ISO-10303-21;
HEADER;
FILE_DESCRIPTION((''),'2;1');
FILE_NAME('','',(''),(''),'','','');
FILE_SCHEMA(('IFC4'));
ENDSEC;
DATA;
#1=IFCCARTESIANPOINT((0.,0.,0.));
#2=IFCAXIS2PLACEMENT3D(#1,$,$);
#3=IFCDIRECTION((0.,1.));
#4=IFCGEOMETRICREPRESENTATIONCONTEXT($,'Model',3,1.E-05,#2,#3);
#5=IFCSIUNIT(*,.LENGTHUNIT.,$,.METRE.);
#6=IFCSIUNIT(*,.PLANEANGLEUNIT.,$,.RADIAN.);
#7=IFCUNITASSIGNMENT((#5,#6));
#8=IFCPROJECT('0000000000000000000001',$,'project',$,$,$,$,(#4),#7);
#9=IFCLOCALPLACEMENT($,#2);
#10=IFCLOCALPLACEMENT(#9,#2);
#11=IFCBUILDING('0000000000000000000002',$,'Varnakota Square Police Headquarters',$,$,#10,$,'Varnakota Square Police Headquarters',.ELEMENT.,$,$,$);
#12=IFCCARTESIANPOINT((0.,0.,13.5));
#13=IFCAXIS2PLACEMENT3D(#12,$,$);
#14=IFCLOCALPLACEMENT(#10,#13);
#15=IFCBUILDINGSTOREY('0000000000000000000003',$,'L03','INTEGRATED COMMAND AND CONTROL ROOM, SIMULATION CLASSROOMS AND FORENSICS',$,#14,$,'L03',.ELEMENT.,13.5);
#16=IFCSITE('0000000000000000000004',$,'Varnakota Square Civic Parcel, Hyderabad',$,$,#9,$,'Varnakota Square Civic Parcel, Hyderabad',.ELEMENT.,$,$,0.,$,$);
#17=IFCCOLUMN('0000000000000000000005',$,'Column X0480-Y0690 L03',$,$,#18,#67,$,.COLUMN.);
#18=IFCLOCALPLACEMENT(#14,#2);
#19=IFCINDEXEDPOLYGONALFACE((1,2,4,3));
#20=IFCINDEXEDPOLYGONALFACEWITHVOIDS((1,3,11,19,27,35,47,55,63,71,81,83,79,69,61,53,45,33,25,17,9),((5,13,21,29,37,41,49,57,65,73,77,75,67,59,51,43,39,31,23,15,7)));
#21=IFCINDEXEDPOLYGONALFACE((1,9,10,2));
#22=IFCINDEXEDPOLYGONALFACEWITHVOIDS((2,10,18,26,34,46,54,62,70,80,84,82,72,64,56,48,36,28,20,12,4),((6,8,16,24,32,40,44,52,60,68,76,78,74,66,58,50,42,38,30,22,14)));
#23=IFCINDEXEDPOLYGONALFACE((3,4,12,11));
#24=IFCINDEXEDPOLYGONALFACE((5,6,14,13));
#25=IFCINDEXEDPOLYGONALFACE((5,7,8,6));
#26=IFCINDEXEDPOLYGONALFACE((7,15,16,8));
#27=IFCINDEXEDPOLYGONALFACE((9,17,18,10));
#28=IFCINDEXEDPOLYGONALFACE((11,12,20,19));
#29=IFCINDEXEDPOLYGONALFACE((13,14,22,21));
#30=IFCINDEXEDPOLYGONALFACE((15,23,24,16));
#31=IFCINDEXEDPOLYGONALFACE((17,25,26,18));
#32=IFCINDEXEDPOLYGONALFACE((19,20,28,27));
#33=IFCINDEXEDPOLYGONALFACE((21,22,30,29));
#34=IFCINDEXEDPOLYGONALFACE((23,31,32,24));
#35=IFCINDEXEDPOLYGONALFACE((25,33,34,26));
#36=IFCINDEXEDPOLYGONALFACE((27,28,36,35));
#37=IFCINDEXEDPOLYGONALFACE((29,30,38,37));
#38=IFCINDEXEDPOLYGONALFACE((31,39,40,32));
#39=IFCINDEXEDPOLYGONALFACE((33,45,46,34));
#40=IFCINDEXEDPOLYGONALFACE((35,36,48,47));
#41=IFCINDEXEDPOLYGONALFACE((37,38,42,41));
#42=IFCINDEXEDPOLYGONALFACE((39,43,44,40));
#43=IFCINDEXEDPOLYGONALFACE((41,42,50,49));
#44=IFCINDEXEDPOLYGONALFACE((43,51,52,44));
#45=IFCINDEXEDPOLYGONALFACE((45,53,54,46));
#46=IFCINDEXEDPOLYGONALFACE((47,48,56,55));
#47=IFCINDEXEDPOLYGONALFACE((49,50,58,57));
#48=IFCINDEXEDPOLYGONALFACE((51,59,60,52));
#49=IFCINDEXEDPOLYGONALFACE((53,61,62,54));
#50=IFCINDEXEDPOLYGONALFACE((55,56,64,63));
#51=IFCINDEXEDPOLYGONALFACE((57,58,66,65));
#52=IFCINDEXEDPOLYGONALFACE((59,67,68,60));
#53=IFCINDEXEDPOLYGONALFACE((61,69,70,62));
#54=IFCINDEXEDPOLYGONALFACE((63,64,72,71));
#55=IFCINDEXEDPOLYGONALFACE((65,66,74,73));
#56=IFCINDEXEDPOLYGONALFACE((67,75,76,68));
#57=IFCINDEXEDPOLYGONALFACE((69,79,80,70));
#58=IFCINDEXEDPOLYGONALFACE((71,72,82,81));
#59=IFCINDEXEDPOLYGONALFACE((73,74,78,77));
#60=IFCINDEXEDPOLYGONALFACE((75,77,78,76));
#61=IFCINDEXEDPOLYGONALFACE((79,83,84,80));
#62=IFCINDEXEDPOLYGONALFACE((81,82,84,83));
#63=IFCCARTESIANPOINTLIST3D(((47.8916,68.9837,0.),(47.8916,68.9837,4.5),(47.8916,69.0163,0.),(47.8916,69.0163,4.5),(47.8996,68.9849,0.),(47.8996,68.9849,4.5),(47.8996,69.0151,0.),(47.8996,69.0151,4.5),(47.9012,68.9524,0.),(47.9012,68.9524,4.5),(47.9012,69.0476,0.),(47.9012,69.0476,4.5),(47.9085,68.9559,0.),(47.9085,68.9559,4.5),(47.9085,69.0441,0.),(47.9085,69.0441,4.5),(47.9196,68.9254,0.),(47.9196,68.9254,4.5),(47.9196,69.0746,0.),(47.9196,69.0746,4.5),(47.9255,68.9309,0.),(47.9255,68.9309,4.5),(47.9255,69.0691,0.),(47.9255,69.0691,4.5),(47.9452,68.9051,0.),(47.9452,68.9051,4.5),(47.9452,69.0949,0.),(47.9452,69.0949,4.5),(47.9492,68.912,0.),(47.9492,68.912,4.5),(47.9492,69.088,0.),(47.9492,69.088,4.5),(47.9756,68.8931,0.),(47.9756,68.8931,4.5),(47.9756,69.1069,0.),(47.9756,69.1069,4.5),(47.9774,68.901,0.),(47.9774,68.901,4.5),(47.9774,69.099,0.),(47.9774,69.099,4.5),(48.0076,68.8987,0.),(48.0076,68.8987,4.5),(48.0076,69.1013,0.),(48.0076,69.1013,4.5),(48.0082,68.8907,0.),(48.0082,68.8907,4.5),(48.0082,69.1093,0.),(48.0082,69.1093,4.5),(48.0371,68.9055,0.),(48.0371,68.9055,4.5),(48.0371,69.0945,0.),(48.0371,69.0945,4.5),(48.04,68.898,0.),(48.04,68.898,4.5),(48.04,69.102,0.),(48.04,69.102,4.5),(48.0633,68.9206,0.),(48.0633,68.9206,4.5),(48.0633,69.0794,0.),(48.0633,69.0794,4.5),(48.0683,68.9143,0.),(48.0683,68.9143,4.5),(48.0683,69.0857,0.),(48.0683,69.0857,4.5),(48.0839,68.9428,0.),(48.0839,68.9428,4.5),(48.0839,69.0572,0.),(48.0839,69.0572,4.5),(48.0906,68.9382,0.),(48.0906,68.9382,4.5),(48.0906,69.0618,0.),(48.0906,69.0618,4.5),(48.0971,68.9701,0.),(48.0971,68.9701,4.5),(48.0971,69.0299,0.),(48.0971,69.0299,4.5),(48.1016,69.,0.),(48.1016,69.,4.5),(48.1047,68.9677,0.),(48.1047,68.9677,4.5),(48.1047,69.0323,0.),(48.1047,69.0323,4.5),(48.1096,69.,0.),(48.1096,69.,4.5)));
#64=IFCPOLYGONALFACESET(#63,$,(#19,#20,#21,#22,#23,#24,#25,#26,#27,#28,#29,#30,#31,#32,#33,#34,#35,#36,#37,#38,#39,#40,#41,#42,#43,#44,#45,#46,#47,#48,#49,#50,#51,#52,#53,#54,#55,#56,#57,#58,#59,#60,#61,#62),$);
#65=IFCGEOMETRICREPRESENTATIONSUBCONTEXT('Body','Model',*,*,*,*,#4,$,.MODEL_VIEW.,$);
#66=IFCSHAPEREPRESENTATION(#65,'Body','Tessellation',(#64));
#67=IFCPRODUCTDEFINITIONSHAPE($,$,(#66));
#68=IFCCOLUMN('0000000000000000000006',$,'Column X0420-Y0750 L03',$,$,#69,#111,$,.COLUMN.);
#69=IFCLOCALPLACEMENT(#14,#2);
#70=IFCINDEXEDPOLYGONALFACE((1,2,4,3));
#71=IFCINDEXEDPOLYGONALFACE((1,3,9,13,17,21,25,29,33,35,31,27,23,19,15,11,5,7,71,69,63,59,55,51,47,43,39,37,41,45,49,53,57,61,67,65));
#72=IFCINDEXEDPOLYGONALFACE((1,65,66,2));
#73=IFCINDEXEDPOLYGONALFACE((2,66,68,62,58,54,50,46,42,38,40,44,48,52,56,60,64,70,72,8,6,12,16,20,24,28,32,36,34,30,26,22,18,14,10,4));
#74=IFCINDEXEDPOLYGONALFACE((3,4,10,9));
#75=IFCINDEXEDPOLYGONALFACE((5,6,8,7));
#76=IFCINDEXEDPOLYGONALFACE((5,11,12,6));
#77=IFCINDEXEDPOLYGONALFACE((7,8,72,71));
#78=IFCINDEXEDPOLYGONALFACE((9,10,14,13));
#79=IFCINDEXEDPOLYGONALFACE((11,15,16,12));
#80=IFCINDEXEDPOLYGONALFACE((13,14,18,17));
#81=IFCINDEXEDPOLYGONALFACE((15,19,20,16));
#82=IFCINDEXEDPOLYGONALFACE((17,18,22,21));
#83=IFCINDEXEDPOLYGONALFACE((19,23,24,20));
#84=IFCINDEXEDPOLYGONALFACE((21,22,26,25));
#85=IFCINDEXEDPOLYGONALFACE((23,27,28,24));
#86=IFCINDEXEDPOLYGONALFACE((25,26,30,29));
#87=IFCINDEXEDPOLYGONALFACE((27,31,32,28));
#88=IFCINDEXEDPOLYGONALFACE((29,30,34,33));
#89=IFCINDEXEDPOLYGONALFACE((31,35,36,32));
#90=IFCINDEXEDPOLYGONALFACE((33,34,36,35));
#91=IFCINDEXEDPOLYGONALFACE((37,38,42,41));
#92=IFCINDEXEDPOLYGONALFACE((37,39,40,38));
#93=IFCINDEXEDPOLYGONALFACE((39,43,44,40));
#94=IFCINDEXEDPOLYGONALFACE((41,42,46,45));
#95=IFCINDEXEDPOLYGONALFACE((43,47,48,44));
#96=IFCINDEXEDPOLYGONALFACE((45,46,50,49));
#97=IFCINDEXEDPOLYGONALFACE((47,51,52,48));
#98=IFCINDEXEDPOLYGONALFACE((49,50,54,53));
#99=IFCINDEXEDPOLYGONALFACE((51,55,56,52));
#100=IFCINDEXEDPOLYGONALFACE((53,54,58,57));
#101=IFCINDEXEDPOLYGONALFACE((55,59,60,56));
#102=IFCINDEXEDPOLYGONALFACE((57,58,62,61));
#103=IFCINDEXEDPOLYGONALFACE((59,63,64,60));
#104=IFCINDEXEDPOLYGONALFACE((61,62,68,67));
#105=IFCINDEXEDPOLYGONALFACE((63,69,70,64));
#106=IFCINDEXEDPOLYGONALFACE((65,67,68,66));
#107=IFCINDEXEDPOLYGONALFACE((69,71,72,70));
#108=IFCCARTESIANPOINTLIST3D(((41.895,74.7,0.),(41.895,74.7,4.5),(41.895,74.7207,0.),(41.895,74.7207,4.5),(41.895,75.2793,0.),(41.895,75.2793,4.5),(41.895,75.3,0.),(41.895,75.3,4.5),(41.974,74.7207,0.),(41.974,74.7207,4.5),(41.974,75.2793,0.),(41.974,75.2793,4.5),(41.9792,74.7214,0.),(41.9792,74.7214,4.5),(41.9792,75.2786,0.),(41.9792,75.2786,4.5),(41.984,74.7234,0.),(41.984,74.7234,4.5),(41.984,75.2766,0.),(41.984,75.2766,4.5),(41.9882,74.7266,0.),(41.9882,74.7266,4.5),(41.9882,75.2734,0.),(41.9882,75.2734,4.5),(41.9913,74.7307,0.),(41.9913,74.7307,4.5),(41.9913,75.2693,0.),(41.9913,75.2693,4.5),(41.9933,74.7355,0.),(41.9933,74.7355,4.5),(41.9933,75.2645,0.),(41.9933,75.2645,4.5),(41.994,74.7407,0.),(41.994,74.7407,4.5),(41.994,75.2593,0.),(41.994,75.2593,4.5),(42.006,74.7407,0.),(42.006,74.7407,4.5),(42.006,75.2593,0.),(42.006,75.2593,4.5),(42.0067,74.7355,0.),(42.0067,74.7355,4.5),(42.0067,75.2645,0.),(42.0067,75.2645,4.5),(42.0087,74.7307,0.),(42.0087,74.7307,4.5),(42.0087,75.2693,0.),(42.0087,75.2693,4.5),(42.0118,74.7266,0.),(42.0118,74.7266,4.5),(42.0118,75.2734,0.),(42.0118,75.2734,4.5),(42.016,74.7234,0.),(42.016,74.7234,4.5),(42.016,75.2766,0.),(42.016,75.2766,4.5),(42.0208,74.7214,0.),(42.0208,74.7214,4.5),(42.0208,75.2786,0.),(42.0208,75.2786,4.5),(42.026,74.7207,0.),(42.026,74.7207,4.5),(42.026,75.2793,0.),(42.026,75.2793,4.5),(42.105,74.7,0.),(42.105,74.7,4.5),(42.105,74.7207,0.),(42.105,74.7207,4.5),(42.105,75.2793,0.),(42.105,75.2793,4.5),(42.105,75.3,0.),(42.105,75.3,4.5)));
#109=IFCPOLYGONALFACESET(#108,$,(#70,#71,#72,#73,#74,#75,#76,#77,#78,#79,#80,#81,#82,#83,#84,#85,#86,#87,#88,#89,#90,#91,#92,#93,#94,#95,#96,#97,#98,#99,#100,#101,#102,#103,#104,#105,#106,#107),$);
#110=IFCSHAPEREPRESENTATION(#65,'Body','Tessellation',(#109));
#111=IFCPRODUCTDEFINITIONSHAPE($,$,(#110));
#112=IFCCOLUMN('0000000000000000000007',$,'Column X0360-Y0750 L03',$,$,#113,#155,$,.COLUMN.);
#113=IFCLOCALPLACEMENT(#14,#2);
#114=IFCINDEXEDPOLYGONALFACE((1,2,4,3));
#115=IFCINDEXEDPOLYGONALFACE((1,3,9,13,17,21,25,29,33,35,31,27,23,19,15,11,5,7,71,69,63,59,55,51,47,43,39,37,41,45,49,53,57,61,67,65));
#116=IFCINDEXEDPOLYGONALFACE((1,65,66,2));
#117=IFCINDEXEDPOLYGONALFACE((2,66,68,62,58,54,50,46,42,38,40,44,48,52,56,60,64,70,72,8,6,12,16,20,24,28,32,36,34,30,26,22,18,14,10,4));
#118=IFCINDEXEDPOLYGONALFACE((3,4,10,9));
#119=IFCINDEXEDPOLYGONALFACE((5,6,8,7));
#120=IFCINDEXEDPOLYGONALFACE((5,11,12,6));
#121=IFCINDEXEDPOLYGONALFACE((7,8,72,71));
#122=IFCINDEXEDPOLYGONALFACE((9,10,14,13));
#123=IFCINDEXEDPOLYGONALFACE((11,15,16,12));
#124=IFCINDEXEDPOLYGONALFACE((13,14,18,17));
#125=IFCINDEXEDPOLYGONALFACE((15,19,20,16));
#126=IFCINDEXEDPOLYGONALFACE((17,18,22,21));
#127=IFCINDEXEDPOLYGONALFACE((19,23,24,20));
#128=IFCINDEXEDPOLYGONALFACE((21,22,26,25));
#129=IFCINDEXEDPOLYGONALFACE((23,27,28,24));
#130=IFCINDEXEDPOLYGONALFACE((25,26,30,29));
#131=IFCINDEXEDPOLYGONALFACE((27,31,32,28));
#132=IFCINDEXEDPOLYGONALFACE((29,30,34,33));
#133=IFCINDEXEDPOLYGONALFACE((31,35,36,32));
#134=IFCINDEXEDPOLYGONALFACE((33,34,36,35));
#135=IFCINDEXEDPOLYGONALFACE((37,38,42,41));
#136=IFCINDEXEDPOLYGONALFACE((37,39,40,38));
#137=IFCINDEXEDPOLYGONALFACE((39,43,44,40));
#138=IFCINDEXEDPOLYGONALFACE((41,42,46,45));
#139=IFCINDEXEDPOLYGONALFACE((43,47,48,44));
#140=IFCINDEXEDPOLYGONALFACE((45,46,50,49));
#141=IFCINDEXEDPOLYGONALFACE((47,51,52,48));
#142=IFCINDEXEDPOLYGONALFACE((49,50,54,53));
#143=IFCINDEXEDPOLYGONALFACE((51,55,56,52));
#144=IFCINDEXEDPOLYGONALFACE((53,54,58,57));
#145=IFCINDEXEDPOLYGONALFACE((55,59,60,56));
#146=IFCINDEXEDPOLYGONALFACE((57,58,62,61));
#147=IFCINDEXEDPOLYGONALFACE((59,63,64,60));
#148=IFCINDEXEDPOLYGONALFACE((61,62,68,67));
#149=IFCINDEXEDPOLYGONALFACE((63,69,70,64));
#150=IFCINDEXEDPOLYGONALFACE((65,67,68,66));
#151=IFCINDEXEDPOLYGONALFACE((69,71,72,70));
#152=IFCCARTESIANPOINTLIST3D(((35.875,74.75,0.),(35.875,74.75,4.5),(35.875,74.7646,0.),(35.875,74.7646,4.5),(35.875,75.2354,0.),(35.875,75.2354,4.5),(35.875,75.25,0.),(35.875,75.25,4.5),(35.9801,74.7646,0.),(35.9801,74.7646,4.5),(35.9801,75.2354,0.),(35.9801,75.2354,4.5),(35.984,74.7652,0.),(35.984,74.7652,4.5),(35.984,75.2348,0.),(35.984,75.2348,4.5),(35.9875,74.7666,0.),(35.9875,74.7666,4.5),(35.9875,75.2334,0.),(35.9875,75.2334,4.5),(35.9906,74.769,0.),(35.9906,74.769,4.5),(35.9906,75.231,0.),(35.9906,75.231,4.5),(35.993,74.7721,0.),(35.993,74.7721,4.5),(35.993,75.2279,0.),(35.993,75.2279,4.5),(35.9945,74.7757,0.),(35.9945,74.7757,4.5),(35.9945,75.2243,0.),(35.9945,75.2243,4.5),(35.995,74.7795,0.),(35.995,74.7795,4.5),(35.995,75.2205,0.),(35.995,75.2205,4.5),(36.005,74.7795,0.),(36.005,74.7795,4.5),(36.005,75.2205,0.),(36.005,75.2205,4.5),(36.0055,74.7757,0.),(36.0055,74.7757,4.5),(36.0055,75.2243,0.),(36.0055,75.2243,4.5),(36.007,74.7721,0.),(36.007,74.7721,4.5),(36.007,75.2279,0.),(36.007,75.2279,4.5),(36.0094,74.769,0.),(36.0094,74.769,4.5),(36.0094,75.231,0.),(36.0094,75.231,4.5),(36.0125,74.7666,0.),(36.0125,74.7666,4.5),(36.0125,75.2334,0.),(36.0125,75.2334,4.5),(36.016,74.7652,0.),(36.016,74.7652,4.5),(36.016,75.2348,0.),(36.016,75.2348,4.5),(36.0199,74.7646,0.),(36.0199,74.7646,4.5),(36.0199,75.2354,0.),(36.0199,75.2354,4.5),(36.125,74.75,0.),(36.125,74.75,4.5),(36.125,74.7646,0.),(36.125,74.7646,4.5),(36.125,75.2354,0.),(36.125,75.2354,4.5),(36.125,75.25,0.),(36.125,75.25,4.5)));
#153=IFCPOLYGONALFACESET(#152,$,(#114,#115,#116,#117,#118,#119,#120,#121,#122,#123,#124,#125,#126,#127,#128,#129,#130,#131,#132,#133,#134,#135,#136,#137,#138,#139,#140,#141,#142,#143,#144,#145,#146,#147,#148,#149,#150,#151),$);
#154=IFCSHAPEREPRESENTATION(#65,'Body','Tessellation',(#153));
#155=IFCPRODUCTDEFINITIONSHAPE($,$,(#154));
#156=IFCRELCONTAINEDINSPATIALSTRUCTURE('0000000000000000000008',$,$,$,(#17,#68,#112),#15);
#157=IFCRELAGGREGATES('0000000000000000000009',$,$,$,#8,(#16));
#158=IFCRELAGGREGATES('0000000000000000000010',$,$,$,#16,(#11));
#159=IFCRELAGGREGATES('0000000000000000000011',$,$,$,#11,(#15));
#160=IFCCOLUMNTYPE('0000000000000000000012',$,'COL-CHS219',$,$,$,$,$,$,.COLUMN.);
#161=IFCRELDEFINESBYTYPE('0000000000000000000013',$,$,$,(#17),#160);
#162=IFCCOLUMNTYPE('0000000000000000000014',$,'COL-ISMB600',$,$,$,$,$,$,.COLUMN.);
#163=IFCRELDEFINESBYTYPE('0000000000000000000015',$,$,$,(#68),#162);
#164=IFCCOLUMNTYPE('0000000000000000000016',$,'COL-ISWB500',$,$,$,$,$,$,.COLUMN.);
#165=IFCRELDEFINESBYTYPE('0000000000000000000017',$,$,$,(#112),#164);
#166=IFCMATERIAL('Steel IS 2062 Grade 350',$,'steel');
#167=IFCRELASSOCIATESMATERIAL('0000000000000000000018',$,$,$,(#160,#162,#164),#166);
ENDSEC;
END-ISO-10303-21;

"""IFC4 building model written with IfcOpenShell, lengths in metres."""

from ifc_helpers import new_model, si_unit, direction, frame, origin, origin_2d, place, context, subcontext, project, spatial, hollow_circle, i_section, extrude, material, material_profile, profile_set, type_object, element, save


model = new_model("IFC4")

# Units and contexts
model_context = context("Model", 3, precision=1e-05, world=origin(), true_north=direction((0.0, 1.0)))
body_context = subcontext(model_context, "Body", "Model", "MODEL_VIEW")
ifc_project = project(units=[si_unit("LENGTHUNIT", "METRE"), si_unit("PLANEANGLEUNIT", "RADIAN")], contexts=[model_context])

# Site, building, storey
site_placement = place(None, origin())
site = spatial("IfcSite", under=ifc_project, at=site_placement, Name="Varnakota Square Civic Parcel, Hyderabad", LongName="Varnakota Square Civic Parcel, Hyderabad", CompositionType="ELEMENT", RefElevation=0.0)
building_placement = place(site_placement, origin())
building = spatial("IfcBuilding", under=site, at=building_placement, Name="Varnakota Square Police Headquarters", LongName="Varnakota Square Police Headquarters", CompositionType="ELEMENT")
storey_placement = place(building_placement, frame((0.0, 0.0, 13.5)))
storey = spatial("IfcBuildingStorey", under=building, at=storey_placement, Name="L03", Description="INTEGRATED COMMAND AND CONTROL ROOM, SIMULATION CLASSROOMS AND FORENSICS", LongName="L03", CompositionType="ELEMENT", Elevation=13.5)

# Columns
ifc_material_1 = material(Name="Steel IS 2062 Grade 350", Category="steel")
ifc_material_profile_1 = material_profile(ifc_material_1, hollow_circle(Radius=0.1096, WallThickness=0.0081, at=origin_2d()), Name="CHS 219.1x8.0")
ifc_profile_set_1 = profile_set([ifc_material_profile_1], Name="Steel IS 2062 Grade 350")
column_type_1 = type_object("IfcColumnType", Name="COL-CHS219", PredefinedType="COLUMN", material=ifc_profile_set_1)
column_1_placement = place(storey_placement, frame((48.0, 69.0, 0.0), z_axis=(0.0, 0.0, 1.0), x_axis=(1.0, 0.0, 0.0)))
element("IfcColumn", 1, at=column_1_placement, inside=storey, type_object=column_type_1, Name="Column X0480-Y0690 L03", PredefinedType="COLUMN", context=body_context, shape_type="SweptSolid", body=[
    extrude(hollow_circle(Radius=0.1096, WallThickness=0.0081, at=origin_2d()), origin(), (0.0, 0.0, 1.0), 4.5),
])
ifc_material_profile_2 = material_profile(ifc_material_1, i_section(OverallWidth=0.21, OverallDepth=0.6001, WebThickness=0.012, FlangeThickness=0.0208, FilletRadius=0.02, at=origin_2d()), Name="ISMB 600")
ifc_profile_set_2 = profile_set([ifc_material_profile_2], Name="Steel IS 2062 Grade 350")
column_type_2 = type_object("IfcColumnType", Name="COL-ISMB600", PredefinedType="COLUMN", material=ifc_profile_set_2)
column_2_placement = place(storey_placement, frame((42.0, 75.0, 0.0), z_axis=(0.0, 0.0, 1.0), x_axis=(1.0, 0.0, 0.0)))
element("IfcColumn", 2, at=column_2_placement, inside=storey, type_object=column_type_2, Name="Column X0420-Y0750 L03", PredefinedType="COLUMN", context=body_context, shape_type="SweptSolid", body=[
    extrude(i_section(OverallWidth=0.21, OverallDepth=0.6001, WebThickness=0.012, FlangeThickness=0.0208, FilletRadius=0.02, at=origin_2d()), origin(), (0.0, 0.0, 1.0), 4.5),
])
ifc_material_profile_3 = material_profile(ifc_material_1, i_section(OverallWidth=0.25, OverallDepth=0.5, WebThickness=0.01, FlangeThickness=0.0146, FilletRadius=0.0149, at=origin_2d()), Name="ISWB 500")
ifc_profile_set_3 = profile_set([ifc_material_profile_3], Name="Steel IS 2062 Grade 350")
column_type_3 = type_object("IfcColumnType", Name="COL-ISWB500", PredefinedType="COLUMN", material=ifc_profile_set_3)
column_3_placement = place(storey_placement, frame((36.0, 75.0, 0.0), z_axis=(0.0, 0.0, 1.0), x_axis=(1.0, 0.0, 0.0)))
element("IfcColumn", 3, at=column_3_placement, inside=storey, type_object=column_type_3, Name="Column X0360-Y0750 L03", PredefinedType="COLUMN", context=body_context, shape_type="SweptSolid", body=[
    extrude(i_section(OverallWidth=0.25, OverallDepth=0.5, WebThickness=0.01, FlangeThickness=0.0146, FilletRadius=0.0149, at=origin_2d()), origin(), (0.0, 0.0, 1.0), 4.5),
])

save(model, "model.ifc")
